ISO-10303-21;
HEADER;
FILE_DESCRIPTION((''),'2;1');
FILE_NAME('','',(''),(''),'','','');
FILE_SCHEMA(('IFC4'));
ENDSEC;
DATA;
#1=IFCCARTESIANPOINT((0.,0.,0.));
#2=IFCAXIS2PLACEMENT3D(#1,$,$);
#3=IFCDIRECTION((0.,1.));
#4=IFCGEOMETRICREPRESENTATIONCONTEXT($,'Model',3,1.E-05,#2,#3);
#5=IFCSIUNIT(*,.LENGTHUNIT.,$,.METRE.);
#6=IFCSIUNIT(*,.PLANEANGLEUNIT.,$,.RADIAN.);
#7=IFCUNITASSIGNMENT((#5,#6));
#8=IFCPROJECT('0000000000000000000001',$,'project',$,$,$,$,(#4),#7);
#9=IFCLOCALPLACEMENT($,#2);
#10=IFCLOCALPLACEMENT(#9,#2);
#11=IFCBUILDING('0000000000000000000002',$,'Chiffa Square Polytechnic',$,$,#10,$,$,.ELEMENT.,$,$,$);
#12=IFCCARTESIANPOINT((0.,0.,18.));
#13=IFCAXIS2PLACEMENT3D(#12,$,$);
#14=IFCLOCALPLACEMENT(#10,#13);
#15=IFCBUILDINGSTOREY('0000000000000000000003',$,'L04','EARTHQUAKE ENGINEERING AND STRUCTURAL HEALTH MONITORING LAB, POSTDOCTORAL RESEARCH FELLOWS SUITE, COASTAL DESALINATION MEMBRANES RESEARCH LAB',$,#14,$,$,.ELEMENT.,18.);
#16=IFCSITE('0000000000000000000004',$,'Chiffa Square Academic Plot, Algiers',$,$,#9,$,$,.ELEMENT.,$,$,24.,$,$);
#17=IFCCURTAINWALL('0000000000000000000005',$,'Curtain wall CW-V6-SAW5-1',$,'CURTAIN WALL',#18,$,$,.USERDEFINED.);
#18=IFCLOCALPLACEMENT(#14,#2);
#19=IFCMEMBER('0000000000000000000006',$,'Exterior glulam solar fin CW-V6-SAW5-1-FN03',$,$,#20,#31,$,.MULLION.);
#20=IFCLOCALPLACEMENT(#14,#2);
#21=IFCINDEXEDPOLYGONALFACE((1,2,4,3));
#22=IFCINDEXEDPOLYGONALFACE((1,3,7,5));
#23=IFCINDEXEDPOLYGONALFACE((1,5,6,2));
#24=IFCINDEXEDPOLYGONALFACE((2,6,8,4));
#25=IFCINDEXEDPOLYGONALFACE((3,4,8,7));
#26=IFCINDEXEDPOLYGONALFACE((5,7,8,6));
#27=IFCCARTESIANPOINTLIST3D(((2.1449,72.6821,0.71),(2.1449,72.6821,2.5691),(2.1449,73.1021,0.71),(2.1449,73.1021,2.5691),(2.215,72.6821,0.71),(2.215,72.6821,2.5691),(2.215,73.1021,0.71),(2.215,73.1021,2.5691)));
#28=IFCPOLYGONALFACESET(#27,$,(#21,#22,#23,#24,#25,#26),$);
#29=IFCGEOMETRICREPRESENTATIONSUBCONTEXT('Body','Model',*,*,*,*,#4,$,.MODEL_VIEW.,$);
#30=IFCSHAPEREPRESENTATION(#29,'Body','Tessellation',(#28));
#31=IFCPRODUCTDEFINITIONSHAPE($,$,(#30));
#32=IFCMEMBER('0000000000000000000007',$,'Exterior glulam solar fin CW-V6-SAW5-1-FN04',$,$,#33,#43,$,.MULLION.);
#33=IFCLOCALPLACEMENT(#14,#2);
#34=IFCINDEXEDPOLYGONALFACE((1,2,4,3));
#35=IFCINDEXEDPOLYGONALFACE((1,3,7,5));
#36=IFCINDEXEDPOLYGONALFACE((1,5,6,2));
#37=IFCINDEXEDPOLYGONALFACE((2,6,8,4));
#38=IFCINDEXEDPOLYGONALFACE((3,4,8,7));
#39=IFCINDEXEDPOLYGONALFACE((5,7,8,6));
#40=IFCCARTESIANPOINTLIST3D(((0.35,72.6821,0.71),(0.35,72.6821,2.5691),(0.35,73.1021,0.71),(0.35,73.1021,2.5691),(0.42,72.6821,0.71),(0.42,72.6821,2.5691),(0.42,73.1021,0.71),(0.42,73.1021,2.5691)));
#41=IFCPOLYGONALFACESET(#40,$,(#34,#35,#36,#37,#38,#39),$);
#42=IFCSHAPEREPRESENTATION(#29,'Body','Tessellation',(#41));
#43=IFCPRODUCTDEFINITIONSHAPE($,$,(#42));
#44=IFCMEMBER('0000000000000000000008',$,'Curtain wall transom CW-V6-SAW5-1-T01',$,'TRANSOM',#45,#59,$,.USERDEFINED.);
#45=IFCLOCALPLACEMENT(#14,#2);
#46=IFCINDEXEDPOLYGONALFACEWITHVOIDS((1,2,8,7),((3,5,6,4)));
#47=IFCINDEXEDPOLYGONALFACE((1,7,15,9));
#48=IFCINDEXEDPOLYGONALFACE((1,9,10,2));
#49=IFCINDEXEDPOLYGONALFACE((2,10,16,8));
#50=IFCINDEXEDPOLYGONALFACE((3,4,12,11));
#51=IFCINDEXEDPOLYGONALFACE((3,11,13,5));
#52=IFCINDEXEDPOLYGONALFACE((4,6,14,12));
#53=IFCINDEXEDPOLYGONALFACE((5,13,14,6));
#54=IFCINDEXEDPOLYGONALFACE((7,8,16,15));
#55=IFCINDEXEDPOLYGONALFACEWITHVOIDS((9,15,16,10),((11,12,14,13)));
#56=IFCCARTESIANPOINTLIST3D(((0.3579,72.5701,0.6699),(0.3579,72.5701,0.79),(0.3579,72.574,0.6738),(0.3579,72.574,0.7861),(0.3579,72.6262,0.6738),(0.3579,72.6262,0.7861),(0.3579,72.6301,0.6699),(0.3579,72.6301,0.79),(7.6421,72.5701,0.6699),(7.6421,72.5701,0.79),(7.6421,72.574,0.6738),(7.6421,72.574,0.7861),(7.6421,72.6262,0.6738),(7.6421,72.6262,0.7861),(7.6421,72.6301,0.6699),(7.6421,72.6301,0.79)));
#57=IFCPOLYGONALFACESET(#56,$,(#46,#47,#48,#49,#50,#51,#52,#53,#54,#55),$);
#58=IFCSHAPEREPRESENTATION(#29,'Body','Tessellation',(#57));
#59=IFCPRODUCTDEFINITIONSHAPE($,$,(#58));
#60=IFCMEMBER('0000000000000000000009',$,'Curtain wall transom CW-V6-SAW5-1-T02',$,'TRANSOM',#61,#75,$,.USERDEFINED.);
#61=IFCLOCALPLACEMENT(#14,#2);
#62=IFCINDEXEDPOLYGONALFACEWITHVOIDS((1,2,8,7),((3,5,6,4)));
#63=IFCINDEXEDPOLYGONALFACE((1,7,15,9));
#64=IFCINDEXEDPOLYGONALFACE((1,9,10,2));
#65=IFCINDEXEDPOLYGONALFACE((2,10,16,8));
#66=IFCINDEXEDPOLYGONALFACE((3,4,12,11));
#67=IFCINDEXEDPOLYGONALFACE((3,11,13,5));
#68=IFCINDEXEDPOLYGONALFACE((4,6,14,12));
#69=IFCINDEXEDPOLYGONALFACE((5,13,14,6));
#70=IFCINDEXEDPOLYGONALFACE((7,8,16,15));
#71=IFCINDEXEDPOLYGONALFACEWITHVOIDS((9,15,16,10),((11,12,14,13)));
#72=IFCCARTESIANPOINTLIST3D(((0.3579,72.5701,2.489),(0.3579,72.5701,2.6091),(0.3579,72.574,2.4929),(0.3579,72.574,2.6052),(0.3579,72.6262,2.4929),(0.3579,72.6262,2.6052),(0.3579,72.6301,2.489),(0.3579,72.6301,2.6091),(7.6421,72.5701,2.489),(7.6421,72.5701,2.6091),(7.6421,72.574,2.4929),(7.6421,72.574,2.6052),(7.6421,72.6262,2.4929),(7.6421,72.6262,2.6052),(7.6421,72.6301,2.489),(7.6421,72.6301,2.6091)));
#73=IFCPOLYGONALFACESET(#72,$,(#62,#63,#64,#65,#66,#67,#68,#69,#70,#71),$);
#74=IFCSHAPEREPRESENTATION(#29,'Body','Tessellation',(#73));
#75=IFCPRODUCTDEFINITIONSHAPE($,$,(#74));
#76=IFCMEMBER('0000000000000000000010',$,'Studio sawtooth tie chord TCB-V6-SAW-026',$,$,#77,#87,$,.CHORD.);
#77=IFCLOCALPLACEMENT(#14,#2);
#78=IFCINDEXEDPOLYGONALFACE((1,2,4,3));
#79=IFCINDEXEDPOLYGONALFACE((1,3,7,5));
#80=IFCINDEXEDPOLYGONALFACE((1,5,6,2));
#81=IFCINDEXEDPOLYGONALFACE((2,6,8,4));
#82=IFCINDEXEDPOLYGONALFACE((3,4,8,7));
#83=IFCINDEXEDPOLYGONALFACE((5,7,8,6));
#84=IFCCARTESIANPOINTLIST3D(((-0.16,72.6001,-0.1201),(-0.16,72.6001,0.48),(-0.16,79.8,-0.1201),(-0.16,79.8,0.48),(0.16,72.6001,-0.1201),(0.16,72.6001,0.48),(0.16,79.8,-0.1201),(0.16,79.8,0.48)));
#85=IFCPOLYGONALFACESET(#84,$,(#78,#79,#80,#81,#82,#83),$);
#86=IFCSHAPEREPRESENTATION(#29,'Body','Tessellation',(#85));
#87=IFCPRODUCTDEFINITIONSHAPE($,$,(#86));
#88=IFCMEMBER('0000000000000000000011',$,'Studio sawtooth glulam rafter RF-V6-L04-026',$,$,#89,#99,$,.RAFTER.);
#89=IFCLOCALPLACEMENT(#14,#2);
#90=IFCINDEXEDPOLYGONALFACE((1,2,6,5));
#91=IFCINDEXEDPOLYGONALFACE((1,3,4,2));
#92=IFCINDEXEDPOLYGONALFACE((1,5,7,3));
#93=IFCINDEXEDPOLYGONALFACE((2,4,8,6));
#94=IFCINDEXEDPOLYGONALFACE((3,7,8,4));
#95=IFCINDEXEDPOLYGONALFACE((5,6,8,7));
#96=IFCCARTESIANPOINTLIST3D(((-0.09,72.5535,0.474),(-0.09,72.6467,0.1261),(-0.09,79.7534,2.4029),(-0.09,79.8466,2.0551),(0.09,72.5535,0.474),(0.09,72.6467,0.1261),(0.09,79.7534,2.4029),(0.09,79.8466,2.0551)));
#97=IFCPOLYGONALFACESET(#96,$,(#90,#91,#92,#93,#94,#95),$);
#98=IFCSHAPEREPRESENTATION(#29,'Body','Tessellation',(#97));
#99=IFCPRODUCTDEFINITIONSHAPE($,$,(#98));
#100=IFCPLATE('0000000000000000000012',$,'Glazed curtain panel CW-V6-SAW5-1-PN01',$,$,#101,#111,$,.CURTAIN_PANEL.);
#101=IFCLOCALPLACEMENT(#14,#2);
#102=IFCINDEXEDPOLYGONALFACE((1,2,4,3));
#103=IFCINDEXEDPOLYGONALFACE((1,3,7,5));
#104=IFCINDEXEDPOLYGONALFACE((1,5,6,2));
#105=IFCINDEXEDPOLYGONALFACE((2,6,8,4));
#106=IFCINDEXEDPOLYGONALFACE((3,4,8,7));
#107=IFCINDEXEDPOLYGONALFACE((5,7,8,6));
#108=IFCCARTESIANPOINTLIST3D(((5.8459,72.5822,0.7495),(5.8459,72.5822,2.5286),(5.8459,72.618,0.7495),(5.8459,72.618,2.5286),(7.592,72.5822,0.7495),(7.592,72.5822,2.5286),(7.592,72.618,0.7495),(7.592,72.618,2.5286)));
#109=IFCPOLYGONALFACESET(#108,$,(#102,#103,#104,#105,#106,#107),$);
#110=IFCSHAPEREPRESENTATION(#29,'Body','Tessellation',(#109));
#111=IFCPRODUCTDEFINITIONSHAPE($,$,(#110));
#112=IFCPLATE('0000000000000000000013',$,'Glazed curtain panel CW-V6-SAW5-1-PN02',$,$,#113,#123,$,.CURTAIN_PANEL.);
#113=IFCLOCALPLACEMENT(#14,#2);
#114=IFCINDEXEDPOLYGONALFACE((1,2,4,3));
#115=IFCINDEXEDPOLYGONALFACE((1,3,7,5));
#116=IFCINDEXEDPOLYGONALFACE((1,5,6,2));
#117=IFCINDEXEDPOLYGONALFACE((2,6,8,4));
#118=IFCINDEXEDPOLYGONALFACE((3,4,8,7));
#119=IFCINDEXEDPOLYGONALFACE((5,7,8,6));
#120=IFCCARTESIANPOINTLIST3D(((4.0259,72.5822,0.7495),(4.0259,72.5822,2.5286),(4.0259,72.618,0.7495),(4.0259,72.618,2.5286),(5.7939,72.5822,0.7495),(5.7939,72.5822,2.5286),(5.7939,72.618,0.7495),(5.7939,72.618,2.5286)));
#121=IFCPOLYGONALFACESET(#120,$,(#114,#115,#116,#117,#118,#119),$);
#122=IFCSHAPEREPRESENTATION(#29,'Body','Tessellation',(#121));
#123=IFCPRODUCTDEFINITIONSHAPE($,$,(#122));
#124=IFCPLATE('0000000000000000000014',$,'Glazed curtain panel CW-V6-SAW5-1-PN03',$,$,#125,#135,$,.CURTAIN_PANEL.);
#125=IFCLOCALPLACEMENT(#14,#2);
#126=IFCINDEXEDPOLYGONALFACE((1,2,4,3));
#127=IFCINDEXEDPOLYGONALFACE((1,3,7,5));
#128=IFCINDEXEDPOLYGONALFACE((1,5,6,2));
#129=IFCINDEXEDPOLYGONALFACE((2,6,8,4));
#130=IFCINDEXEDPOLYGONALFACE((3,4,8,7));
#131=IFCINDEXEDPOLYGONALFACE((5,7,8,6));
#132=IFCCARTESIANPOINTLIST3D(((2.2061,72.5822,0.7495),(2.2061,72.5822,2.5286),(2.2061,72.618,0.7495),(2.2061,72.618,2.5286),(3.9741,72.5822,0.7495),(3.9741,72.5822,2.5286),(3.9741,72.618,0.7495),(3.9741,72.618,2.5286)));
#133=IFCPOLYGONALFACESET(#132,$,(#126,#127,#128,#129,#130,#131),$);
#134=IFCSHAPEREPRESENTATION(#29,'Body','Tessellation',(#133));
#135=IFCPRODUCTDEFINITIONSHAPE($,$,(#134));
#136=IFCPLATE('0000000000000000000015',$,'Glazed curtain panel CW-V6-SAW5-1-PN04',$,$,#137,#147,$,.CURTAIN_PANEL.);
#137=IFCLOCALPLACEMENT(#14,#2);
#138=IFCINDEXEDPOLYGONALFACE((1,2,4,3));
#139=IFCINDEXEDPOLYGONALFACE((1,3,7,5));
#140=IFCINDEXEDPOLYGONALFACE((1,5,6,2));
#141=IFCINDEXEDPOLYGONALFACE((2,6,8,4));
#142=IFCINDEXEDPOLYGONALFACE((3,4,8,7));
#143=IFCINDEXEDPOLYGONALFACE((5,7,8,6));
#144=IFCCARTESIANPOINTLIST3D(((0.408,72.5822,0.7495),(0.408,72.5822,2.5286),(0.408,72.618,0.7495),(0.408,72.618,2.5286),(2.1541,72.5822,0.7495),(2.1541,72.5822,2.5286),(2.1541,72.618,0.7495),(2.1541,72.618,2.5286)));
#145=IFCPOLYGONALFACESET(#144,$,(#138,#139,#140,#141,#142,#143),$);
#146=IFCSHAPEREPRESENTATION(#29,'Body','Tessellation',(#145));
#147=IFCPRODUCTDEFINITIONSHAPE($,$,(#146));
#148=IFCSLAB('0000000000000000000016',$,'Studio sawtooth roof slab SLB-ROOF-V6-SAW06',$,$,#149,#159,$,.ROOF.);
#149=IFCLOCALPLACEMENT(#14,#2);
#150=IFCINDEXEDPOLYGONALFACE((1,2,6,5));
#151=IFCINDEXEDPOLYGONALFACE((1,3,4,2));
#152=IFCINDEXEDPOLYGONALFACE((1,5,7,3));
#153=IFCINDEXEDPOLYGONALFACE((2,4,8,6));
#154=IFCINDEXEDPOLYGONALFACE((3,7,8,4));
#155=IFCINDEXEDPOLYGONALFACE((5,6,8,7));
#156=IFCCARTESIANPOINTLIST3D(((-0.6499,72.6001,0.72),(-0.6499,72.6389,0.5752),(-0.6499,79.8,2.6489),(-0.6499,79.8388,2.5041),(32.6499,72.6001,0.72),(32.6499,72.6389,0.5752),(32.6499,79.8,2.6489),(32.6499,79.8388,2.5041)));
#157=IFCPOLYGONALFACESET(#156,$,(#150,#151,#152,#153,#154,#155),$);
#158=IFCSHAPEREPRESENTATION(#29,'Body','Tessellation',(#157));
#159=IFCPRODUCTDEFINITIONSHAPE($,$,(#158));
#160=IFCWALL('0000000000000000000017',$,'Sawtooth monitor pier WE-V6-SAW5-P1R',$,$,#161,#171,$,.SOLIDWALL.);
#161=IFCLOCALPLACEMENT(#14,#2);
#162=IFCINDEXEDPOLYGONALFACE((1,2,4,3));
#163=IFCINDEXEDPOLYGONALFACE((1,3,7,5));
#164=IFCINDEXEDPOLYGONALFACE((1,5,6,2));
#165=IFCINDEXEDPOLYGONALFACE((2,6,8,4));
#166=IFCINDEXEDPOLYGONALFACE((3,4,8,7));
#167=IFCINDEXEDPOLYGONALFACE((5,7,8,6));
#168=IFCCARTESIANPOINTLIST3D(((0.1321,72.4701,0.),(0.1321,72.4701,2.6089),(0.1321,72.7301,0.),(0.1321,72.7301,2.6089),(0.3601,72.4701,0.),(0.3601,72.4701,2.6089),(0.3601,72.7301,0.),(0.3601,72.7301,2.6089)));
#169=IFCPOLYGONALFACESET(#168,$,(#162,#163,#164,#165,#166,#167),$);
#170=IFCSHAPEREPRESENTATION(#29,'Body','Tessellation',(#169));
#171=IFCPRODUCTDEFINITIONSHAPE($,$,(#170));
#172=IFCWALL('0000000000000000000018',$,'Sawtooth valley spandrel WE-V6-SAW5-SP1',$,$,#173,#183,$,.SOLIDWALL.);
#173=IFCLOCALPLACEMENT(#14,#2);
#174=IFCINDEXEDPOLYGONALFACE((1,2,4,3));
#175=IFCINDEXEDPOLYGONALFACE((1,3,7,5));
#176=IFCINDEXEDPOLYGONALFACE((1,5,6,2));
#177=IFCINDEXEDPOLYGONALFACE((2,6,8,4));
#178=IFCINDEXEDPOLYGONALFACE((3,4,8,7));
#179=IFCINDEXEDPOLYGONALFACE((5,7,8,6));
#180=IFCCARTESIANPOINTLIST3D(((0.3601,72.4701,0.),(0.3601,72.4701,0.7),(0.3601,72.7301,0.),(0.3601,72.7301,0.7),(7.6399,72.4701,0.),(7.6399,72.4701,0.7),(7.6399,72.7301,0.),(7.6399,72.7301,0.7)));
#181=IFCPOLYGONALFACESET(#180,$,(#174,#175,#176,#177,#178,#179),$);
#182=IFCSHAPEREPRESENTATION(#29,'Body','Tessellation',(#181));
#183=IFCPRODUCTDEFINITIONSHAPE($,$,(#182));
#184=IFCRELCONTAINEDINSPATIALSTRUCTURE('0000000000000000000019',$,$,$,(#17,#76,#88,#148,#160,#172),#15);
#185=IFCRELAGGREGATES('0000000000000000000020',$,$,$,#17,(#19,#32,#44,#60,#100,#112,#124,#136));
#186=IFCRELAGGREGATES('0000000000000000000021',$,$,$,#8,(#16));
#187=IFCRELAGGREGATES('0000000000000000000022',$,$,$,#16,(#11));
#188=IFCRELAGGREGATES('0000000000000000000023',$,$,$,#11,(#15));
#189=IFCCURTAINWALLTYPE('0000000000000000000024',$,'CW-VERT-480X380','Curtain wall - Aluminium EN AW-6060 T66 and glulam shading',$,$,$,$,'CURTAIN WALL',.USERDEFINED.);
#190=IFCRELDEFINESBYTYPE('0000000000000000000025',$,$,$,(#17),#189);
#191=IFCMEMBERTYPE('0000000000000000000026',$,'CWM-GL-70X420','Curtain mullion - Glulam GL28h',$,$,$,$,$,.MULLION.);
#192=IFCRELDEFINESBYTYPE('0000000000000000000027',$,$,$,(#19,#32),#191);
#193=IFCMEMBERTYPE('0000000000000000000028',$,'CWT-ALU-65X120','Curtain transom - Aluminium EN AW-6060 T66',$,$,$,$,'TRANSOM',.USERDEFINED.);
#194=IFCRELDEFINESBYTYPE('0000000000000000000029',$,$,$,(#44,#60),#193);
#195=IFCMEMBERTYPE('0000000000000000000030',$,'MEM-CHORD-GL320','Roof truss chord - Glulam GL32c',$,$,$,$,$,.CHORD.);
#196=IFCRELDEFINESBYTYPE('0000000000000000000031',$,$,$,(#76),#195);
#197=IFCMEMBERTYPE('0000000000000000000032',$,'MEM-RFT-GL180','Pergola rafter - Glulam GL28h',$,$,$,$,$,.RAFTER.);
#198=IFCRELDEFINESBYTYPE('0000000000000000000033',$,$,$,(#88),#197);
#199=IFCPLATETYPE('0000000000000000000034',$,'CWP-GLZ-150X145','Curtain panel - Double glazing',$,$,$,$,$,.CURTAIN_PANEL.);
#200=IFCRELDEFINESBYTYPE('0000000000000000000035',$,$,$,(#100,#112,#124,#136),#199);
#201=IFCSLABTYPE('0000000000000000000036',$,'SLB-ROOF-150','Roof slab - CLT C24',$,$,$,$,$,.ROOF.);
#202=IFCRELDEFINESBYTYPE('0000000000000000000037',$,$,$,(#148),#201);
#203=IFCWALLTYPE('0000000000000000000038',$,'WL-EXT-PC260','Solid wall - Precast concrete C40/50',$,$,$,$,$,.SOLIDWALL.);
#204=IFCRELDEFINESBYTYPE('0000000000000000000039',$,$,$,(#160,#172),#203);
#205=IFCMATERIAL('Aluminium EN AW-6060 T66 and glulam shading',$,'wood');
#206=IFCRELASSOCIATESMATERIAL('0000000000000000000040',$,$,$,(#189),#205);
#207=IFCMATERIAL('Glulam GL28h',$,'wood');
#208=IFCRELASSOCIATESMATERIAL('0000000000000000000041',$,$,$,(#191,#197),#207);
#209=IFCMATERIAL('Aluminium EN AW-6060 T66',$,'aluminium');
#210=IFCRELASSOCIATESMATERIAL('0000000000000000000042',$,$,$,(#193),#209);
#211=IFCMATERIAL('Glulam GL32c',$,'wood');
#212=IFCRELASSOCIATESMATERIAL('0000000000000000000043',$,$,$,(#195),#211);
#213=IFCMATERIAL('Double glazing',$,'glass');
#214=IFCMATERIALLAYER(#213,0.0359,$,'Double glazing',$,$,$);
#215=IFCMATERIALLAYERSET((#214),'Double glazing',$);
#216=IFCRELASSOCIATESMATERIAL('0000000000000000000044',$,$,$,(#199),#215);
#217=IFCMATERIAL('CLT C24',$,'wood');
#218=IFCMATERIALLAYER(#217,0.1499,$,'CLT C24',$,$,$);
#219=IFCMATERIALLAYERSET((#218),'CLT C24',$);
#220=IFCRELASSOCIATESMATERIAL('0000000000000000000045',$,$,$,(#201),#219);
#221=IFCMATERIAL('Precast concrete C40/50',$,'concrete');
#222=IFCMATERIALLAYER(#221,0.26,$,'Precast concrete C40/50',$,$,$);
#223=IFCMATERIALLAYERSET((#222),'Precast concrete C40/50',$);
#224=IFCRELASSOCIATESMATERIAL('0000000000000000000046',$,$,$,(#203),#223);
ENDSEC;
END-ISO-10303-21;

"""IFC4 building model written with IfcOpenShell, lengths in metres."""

from ifc_helpers import new_model, si_unit, direction, frame, frame_2d, origin, origin_2d, place, context, subcontext, project, spatial, polyline, rectangle, hollow_rectangle, outline, extrude, material, layer, layer_set, material_profile, profile_set, type_object, element, aggregate, save


model = new_model("IFC4")

# Units and contexts
model_context = context("Model", 3, precision=1e-05, world=origin(), true_north=direction((0.0, 1.0)))
body_context = subcontext(model_context, "Body", "Model", "MODEL_VIEW")
ifc_project = project(units=[si_unit("LENGTHUNIT", "METRE"), si_unit("PLANEANGLEUNIT", "RADIAN")], contexts=[model_context])

# Site, building, storey
site_placement = place(None, origin())
site = spatial("IfcSite", under=ifc_project, at=site_placement, Name="Chiffa Square Academic Plot, Algiers", CompositionType="ELEMENT", RefElevation=24.0)
building_placement = place(site_placement, origin())
building = spatial("IfcBuilding", under=site, at=building_placement, Name="Chiffa Square Polytechnic", CompositionType="ELEMENT")
storey_placement = place(building_placement, frame((0.0, 0.0, 18.0)))
storey = spatial("IfcBuildingStorey", under=building, at=storey_placement, Name="L04", Description="EARTHQUAKE ENGINEERING AND STRUCTURAL HEALTH MONITORING LAB, POSTDOCTORAL RESEARCH FELLOWS SUITE, COASTAL DESALINATION MEMBRANES RESEARCH LAB", CompositionType="ELEMENT", Elevation=18.0)

# Shared definitions
ifc_material_1 = material(Name="Glulam GL32c", Category="wood")

# Curtain wall
ifc_material_2 = material(Name="Aluminium EN AW-6060 T66 and glulam shading", Category="wood")
curtain_wall_type_1 = type_object("IfcCurtainWallType", Name="CW-VERT-480X380", Description="Curtain wall - Aluminium EN AW-6060 T66 and glulam shading", ElementType="CURTAIN WALL", PredefinedType="USERDEFINED", material=ifc_material_2)
curtain_wall_1_placement = place(storey_placement, origin())
curtain_wall_1 = element("IfcCurtainWall", 1, at=curtain_wall_1_placement, inside=storey, type_object=curtain_wall_type_1, Name="Curtain wall CW-V6-SAW5-1", ObjectType="CURTAIN WALL", PredefinedType="USERDEFINED")
ifc_material_3 = material(Name="Aluminium EN AW-6060 T66", Category="aluminium")
ifc_material_4 = material(Name="Glulam GL28h", Category="wood")
ifc_material_profile_1 = material_profile(ifc_material_4, rectangle(XDim=0.0701, YDim=0.4199, at=origin_2d()), Name="GL28h 70x420")
ifc_profile_set_1 = profile_set([ifc_material_profile_1], Name="Glulam GL28h")
member_type_1 = type_object("IfcMemberType", Name="CWM-GL-70X420", Description="Curtain mullion - Glulam GL28h", PredefinedType="MULLION", material=ifc_profile_set_1)

# Members
member_1_placement = place(storey_placement, frame((2.1799, 72.8921, 0.71), z_axis=(0.0, 0.0, 1.0), x_axis=(-1.0, 0.0, 0.0)))
member_1 = element("IfcMember", 2, at=member_1_placement, type_object=member_type_1, Name="Exterior glulam solar fin CW-V6-SAW5-1-FN03", PredefinedType="MULLION", context=body_context, shape_type="SweptSolid", body=[
    extrude(rectangle(XDim=0.0701, YDim=0.4199, at=origin_2d()), origin(), (0.0, 0.0, 1.0), 1.8591),
])
member_2_placement = place(storey_placement, frame((0.385, 72.8921, 0.71), z_axis=(0.0, 0.0, 1.0), x_axis=(-1.0, 0.0, 0.0)))
member_2 = element("IfcMember", 3, at=member_2_placement, type_object=member_type_1, Name="Exterior glulam solar fin CW-V6-SAW5-1-FN04", PredefinedType="MULLION", context=body_context, shape_type="SweptSolid", body=[
    extrude(rectangle(XDim=0.0701, YDim=0.4199, at=origin_2d()), origin(), (0.0, 0.0, 1.0), 1.8591),
])
ifc_material_profile_2 = material_profile(ifc_material_3, hollow_rectangle(XDim=0.0601, YDim=0.1201, WallThickness=0.0039, at=origin_2d()), Name="ALU 60x120x4")
ifc_profile_set_2 = profile_set([ifc_material_profile_2], Name="Aluminium EN AW-6060 T66")
member_type_2 = type_object("IfcMemberType", Name="CWT-ALU-65X120", Description="Curtain transom - Aluminium EN AW-6060 T66", ElementType="TRANSOM", PredefinedType="USERDEFINED", material=ifc_profile_set_2)
member_3_placement = place(storey_placement, frame((7.6421, 72.6001, 0.73), z_axis=(-1.0, 0.0, 0.0), x_axis=(0.0, -1.0, 0.0)))
member_3 = element("IfcMember", 4, at=member_3_placement, type_object=member_type_2, Name="Curtain wall transom CW-V6-SAW5-1-T01", ObjectType="TRANSOM", PredefinedType="USERDEFINED", context=body_context, shape_type="SweptSolid", body=[
    extrude(hollow_rectangle(XDim=0.0601, YDim=0.1201, WallThickness=0.0039, at=origin_2d()), origin(), (0.0, 0.0, 1.0), 7.2842),
])
member_4_placement = place(storey_placement, frame((7.6421, 72.6001, 2.5491), z_axis=(-1.0, 0.0, 0.0), x_axis=(0.0, -1.0, 0.0)))
member_4 = element("IfcMember", 5, at=member_4_placement, type_object=member_type_2, Name="Curtain wall transom CW-V6-SAW5-1-T02", ObjectType="TRANSOM", PredefinedType="USERDEFINED", context=body_context, shape_type="SweptSolid", body=[
    extrude(hollow_rectangle(XDim=0.0601, YDim=0.1201, WallThickness=0.0039, at=origin_2d()), origin(), (0.0, 0.0, 1.0), 7.2842),
])

# Members
ifc_material_profile_3 = material_profile(ifc_material_1, rectangle(XDim=0.3201, YDim=0.6001, at=origin_2d()), Name="GL32c 320x600")
ifc_profile_set_3 = profile_set([ifc_material_profile_3], Name="Glulam GL32c")
member_type_3 = type_object("IfcMemberType", Name="MEM-CHORD-GL320", Description="Roof truss chord - Glulam GL32c", PredefinedType="CHORD", material=ifc_profile_set_3)
member_5_placement = place(storey_placement, frame((0.0, 72.6001, 0.1799), z_axis=(0.0, 1.0, 0.0), x_axis=(-1.0, 0.0, 0.0)))
element("IfcMember", 6, at=member_5_placement, inside=storey, type_object=member_type_3, Name="Studio sawtooth tie chord TCB-V6-SAW-026", PredefinedType="CHORD", context=body_context, shape_type="SweptSolid", body=[
    extrude(rectangle(XDim=0.3201, YDim=0.6001, at=origin_2d()), origin(), (0.0, 0.0, 1.0), 7.2),
])
ifc_material_profile_4 = material_profile(ifc_material_4, rectangle(XDim=0.1799, YDim=0.3601, at=origin_2d()), Name="GL28h 180x360")
ifc_profile_set_4 = profile_set([ifc_material_profile_4], Name="Glulam GL28h")
member_type_4 = type_object("IfcMemberType", Name="MEM-RFT-GL180", Description="Pergola rafter - Glulam GL28h", PredefinedType="RAFTER", material=ifc_profile_set_4)
member_6_placement = place(storey_placement, frame((0.0, 72.6001, 0.3), z_axis=(0.0, 0.965935, 0.258786), x_axis=(-1.0, 0.0, 0.0)))
element("IfcMember", 7, at=member_6_placement, inside=storey, type_object=member_type_4, Name="Studio sawtooth glulam rafter RF-V6-L04-026", PredefinedType="RAFTER", context=body_context, shape_type="SweptSolid", body=[
    extrude(rectangle(XDim=0.1799, YDim=0.3601, at=origin_2d()), origin(), (0.0, 0.0, 1.0), 7.4539),
])

# Plates
ifc_material_5 = material(Name="Double glazing", Category="glass")
ifc_layer_1 = layer(ifc_material_5, 0.0359, Name="Double glazing")
ifc_layer_set_1 = layer_set([ifc_layer_1], Name="Double glazing")
plate_type = type_object("IfcPlateType", Name="CWP-GLZ-150X145", Description="Curtain panel - Double glazing", PredefinedType="CURTAIN_PANEL", material=ifc_layer_set_1)
plate_1_placement = place(storey_placement, frame((6.719, 72.6001, 0.7495), z_axis=(0.0, 0.0, 1.0), x_axis=(-1.0, 0.0, 0.0)))
plate_1 = element("IfcPlate", 8, at=plate_1_placement, type_object=plate_type, Name="Glazed curtain panel CW-V6-SAW5-1-PN01", PredefinedType="CURTAIN_PANEL", context=body_context, shape_type="SweptSolid", body=[
    extrude(rectangle(XDim=1.7461, YDim=0.0359, at=origin_2d()), origin(), (0.0, 0.0, 1.0), 1.7791),
])
plate_2_placement = place(storey_placement, frame((4.9099, 72.6001, 0.7495), z_axis=(0.0, 0.0, 1.0), x_axis=(-1.0, 0.0, 0.0)))
plate_2 = element("IfcPlate", 9, at=plate_2_placement, type_object=plate_type, Name="Glazed curtain panel CW-V6-SAW5-1-PN02", PredefinedType="CURTAIN_PANEL", context=body_context, shape_type="SweptSolid", body=[
    extrude(rectangle(XDim=1.7681, YDim=0.0359, at=origin_2d()), origin(), (0.0, 0.0, 1.0), 1.7791),
])
plate_3_placement = place(storey_placement, frame((3.0901, 72.6001, 0.7495), z_axis=(0.0, 0.0, 1.0), x_axis=(-1.0, 0.0, 0.0)))
plate_3 = element("IfcPlate", 10, at=plate_3_placement, type_object=plate_type, Name="Glazed curtain panel CW-V6-SAW5-1-PN03", PredefinedType="CURTAIN_PANEL", context=body_context, shape_type="SweptSolid", body=[
    extrude(rectangle(XDim=1.7681, YDim=0.0359, at=origin_2d()), origin(), (0.0, 0.0, 1.0), 1.7791),
])
plate_4_placement = place(storey_placement, frame((1.281, 72.6001, 0.7495), z_axis=(0.0, 0.0, 1.0), x_axis=(-1.0, 0.0, 0.0)))
plate_4 = element("IfcPlate", 11, at=plate_4_placement, type_object=plate_type, Name="Glazed curtain panel CW-V6-SAW5-1-PN04", PredefinedType="CURTAIN_PANEL", context=body_context, shape_type="SweptSolid", body=[
    extrude(rectangle(XDim=1.7461, YDim=0.0359, at=origin_2d()), origin(), (0.0, 0.0, 1.0), 1.7791),
])
aggregate(curtain_wall_1, [member_1, member_2, member_3, member_4, plate_1, plate_2, plate_3, plate_4])

# Slab
ifc_material_6 = material(Name="CLT C24", Category="wood")
ifc_layer_2 = layer(ifc_material_6, 0.1499, Name="CLT C24")
ifc_layer_set_2 = layer_set([ifc_layer_2], Name="CLT C24")
slab_type = type_object("IfcSlabType", Name="SLB-ROOF-150", Description="Roof slab - CLT C24", PredefinedType="ROOF", material=ifc_layer_set_2)
slab_placement = place(storey_placement, frame((-0.6499, 72.6001, 0.72), z_axis=(0.0, -0.258786, 0.965935), x_axis=(1.0, 0.0, 0.0)))
element("IfcSlab", 12, at=slab_placement, inside=storey, type_object=slab_type, Name="Studio sawtooth roof slab SLB-ROOF-V6-SAW06", PredefinedType="ROOF", context=body_context, shape_type="SweptSolid", body=[
    extrude(outline(polyline([(0.0, 0.0), (33.2998, 0.0), (33.2998, 7.4539), (0.0, 7.4539), (0.0, 0.0)])), origin(), (0.0, 0.0, -1.0), 0.1499),
])

# Walls
ifc_material_7 = material(Name="Precast concrete C40/50", Category="concrete")
ifc_layer_3 = layer(ifc_material_7, 0.26, Name="Precast concrete C40/50")
ifc_layer_set_3 = layer_set([ifc_layer_3], Name="Precast concrete C40/50")
wall_type = type_object("IfcWallType", Name="WL-EXT-PC260", Description="Solid wall - Precast concrete C40/50", PredefinedType="SOLIDWALL", material=ifc_layer_set_3)
wall_1_placement = place(storey_placement, frame((0.3601, 72.6001, 0.0), z_axis=(0.0, 0.0, 1.0), x_axis=(-1.0, 0.0, 0.0)))
element("IfcWall", 13, at=wall_1_placement, inside=storey, type_object=wall_type, Name="Sawtooth monitor pier WE-V6-SAW5-P1R", PredefinedType="SOLIDWALL", context=body_context, shape_type="SweptSolid", body=[
    extrude(rectangle(XDim=0.228, YDim=0.26, at=frame_2d((0.114, 0.0))), origin(), (0.0, 0.0, 1.0), 2.6089),
])
wall_2_placement = place(storey_placement, frame((0.3601, 72.6001, 0.0), z_axis=(0.0, 0.0, 1.0), x_axis=(1.0, 0.0, 0.0)))
element("IfcWall", 14, at=wall_2_placement, inside=storey, type_object=wall_type, Name="Sawtooth valley spandrel WE-V6-SAW5-SP1", PredefinedType="SOLIDWALL", context=body_context, shape_type="SweptSolid", body=[
    extrude(rectangle(XDim=7.2798, YDim=0.26, at=frame_2d((3.6399, 0.0))), origin(), (0.0, 0.0, 1.0), 0.7),
])

save(model, "model.ifc")
